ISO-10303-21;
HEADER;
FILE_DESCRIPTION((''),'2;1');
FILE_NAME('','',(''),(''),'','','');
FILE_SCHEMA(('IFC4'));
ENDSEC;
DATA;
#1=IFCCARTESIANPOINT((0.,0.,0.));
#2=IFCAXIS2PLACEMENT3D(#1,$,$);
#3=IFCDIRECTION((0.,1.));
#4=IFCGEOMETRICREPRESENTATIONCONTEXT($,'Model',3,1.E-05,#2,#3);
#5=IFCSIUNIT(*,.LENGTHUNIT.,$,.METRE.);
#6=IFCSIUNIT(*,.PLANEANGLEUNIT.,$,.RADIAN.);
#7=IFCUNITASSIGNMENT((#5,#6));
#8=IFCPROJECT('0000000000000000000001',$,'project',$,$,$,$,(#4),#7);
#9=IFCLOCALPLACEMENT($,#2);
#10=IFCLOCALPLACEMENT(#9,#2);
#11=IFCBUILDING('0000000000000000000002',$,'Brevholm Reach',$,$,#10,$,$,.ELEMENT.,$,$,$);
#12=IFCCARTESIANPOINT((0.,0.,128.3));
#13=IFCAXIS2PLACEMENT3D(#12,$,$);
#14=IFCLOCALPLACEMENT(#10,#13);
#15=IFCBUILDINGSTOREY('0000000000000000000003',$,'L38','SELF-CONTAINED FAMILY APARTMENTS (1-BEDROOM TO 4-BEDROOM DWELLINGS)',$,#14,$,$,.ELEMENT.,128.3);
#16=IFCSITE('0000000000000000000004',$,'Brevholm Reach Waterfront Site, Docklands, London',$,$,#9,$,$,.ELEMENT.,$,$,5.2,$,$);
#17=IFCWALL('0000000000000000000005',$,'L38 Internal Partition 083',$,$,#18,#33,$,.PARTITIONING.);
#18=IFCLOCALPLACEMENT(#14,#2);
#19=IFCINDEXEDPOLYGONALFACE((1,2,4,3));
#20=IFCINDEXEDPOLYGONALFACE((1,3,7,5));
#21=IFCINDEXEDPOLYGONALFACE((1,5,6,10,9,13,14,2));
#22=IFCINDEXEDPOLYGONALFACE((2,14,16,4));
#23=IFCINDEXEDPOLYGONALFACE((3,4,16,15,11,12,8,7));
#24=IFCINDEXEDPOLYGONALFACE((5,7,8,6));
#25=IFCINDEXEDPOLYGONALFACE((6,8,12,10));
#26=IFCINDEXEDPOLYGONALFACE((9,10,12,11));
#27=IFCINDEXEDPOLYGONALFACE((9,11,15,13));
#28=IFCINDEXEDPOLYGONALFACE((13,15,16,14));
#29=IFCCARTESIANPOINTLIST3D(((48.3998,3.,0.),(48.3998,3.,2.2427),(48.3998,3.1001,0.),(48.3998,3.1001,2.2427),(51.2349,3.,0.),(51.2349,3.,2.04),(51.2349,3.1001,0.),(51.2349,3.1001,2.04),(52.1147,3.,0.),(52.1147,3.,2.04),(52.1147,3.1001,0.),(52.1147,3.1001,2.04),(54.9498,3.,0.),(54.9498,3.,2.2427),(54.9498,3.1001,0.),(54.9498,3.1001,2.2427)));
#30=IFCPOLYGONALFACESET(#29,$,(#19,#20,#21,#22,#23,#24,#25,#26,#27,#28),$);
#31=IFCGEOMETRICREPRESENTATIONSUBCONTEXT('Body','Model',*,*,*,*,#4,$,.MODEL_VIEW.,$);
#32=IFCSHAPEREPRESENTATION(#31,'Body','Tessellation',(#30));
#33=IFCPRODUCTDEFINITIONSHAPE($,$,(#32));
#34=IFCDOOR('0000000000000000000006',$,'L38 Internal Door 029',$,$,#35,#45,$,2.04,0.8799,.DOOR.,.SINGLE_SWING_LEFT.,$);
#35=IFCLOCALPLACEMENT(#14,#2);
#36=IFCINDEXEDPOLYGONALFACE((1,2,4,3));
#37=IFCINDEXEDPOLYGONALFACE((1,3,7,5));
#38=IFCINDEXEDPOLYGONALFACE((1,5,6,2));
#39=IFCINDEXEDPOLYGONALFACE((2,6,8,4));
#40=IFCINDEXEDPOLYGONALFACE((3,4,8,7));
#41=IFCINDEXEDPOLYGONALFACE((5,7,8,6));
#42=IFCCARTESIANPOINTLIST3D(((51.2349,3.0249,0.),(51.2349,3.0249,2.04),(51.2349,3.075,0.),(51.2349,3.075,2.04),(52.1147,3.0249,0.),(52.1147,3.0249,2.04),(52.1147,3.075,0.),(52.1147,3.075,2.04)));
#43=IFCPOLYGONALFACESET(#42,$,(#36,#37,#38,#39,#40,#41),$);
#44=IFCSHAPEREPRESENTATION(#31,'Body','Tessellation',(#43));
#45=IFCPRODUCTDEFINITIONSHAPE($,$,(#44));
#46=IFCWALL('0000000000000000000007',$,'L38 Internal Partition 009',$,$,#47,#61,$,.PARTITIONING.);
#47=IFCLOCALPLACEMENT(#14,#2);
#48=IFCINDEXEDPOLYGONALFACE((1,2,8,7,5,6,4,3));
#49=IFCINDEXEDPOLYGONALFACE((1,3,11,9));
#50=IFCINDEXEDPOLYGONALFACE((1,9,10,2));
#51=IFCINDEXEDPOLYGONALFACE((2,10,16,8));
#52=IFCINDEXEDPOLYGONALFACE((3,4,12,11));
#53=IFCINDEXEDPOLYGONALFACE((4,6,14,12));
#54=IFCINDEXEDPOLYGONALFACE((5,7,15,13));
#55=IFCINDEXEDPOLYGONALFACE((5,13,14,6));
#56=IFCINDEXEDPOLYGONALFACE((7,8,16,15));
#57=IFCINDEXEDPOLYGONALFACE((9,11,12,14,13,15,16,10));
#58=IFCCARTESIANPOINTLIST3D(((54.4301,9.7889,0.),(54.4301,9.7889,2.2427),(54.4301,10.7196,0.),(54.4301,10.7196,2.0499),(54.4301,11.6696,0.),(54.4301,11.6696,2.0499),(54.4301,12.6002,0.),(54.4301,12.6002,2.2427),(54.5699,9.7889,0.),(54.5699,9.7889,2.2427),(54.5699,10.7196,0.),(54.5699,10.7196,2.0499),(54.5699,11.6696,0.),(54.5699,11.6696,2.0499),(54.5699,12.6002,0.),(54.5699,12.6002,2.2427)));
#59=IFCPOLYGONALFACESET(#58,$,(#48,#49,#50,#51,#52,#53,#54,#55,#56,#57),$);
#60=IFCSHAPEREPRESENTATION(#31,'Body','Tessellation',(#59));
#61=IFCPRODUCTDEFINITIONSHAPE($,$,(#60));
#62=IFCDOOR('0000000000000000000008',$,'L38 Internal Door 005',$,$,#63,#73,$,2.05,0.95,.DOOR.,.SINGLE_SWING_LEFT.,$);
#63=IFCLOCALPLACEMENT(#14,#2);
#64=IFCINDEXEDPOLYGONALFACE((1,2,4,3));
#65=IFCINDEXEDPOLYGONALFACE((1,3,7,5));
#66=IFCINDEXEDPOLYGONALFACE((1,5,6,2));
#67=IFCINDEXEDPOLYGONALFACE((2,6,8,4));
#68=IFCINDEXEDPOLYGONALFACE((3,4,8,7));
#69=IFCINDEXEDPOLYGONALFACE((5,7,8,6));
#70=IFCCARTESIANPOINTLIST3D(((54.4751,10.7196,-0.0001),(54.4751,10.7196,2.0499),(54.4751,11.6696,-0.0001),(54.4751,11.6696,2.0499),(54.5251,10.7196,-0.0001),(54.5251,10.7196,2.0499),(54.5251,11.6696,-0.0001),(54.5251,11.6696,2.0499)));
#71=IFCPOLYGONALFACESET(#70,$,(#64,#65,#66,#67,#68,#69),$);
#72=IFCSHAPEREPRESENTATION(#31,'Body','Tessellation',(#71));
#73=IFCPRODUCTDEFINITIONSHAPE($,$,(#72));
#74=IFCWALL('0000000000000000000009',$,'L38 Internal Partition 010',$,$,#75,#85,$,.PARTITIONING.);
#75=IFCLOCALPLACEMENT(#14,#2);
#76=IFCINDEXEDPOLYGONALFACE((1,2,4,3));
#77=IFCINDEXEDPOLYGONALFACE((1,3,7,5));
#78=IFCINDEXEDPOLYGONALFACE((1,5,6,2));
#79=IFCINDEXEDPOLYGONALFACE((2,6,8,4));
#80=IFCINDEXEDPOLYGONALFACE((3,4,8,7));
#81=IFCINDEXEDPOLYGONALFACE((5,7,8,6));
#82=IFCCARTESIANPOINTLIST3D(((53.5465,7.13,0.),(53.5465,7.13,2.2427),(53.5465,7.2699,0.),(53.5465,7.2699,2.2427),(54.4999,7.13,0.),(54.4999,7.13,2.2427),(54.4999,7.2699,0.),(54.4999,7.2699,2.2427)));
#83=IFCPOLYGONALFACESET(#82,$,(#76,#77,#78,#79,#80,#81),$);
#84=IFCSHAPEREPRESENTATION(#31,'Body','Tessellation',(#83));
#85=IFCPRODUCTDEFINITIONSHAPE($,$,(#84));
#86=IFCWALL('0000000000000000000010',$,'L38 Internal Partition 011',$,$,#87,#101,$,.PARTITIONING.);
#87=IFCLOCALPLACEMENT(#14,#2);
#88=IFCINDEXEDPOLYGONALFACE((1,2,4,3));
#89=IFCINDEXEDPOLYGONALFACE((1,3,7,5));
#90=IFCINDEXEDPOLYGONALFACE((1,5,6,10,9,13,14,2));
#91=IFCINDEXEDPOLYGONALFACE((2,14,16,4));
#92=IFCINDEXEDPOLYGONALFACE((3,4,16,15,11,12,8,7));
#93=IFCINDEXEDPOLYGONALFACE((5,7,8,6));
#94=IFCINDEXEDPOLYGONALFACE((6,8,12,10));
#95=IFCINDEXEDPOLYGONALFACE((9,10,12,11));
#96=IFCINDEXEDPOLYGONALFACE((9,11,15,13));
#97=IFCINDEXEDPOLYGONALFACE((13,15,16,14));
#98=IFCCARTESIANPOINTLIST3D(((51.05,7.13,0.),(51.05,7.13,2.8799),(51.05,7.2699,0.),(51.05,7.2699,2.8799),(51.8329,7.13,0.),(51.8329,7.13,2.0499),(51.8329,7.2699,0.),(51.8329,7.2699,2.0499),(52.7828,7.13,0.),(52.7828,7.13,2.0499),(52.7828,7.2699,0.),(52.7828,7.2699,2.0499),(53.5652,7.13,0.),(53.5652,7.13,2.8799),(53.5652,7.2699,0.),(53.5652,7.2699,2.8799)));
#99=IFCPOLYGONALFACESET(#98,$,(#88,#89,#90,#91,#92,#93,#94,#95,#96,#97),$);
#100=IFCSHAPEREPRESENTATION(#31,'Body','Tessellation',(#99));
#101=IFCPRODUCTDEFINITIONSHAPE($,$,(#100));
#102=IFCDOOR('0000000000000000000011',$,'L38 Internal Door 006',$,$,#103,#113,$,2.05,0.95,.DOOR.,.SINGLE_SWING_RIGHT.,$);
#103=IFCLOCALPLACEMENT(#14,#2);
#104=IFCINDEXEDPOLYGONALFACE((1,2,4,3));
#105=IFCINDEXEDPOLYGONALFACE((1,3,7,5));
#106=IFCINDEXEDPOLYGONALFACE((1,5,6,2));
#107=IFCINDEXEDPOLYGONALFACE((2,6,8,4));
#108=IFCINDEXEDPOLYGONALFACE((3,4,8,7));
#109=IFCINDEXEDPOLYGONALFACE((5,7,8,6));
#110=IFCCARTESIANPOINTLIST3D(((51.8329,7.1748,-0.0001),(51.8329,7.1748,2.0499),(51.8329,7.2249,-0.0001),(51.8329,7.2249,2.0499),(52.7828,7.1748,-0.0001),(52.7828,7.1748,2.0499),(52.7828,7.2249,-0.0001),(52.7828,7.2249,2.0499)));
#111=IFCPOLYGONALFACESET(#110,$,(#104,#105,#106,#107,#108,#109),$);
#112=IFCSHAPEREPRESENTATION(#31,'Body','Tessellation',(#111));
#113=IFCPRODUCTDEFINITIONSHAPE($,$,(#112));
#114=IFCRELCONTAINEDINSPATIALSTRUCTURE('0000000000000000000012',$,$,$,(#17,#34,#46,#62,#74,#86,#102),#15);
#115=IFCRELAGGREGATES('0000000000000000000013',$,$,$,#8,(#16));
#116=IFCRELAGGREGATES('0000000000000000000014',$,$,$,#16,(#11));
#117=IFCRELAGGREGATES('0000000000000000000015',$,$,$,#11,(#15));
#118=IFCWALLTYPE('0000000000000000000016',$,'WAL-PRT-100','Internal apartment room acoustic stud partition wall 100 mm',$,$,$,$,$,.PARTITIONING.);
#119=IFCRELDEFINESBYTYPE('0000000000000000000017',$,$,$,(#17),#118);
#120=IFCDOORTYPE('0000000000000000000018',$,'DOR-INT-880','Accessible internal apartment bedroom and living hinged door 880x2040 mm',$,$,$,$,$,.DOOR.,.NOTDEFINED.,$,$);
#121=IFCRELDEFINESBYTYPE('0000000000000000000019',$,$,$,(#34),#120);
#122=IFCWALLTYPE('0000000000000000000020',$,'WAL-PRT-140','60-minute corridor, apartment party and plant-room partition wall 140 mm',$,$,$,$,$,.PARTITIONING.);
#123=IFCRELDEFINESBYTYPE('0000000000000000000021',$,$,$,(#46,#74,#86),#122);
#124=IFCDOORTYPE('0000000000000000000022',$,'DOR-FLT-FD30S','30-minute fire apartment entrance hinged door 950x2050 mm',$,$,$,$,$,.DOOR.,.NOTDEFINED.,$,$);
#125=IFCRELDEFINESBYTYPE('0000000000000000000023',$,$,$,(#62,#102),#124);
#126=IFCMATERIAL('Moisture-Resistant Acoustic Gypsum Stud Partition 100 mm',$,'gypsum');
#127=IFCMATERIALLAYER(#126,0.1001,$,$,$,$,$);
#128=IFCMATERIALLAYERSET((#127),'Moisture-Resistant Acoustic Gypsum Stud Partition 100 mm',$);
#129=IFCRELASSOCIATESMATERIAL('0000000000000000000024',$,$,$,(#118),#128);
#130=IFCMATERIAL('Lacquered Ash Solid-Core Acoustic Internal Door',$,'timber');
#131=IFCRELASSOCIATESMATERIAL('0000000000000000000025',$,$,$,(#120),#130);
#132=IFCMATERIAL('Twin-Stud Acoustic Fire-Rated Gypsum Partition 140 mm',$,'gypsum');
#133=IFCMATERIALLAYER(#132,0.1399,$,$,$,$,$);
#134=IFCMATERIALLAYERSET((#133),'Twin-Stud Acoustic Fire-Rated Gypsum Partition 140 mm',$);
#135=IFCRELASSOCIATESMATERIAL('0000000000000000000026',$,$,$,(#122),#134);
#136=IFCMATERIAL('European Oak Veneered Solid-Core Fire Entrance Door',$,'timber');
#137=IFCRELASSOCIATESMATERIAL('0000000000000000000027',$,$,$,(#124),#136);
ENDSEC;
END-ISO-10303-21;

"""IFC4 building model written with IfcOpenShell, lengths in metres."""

from ifc_helpers import new_model, si_unit, direction, frame, frame_2d, origin, place, context, subcontext, project, spatial, rectangle, extrude, material, layer, layer_set, type_object, element, fill, save


model = new_model("IFC4")

# Units and contexts
model_context = context("Model", 3, precision=1e-05, world=origin(), true_north=direction((0.0, 1.0)))
body_context = subcontext(model_context, "Body", "Model", "MODEL_VIEW")
ifc_project = project(units=[si_unit("LENGTHUNIT", "METRE"), si_unit("PLANEANGLEUNIT", "RADIAN")], contexts=[model_context])

# Site, building, storey
site_placement = place(None, origin())
site = spatial("IfcSite", under=ifc_project, at=site_placement, Name="Brevholm Reach Waterfront Site, Docklands, London", CompositionType="ELEMENT", RefElevation=5.2)
building_placement = place(site_placement, origin())
building = spatial("IfcBuilding", under=site, at=building_placement, Name="Brevholm Reach", CompositionType="ELEMENT")
storey_placement = place(building_placement, frame((0.0, 0.0, 128.3)))
storey = spatial("IfcBuildingStorey", under=building, at=storey_placement, Name="L38", Description="SELF-CONTAINED FAMILY APARTMENTS (1-BEDROOM TO 4-BEDROOM DWELLINGS)", CompositionType="ELEMENT", Elevation=128.3)

# Shared definitions
ifc_material_1 = material(Name="Moisture-Resistant Acoustic Gypsum Stud Partition 100 mm", Category="gypsum")
ifc_layer_1 = layer(ifc_material_1, 0.1001)
ifc_layer_set_1 = layer_set([ifc_layer_1], Name="Moisture-Resistant Acoustic Gypsum Stud Partition 100 mm")
wall_type_1 = type_object("IfcWallType", Name="WAL-PRT-100", Description="Internal apartment room acoustic stud partition wall 100 mm", PredefinedType="PARTITIONING", material=ifc_layer_set_1)
ifc_material_2 = material(Name="Lacquered Ash Solid-Core Acoustic Internal Door", Category="timber")
door_type_1 = type_object("IfcDoorType", Name="DOR-INT-880", Description="Accessible internal apartment bedroom and living hinged door 880x2040 mm", OperationType="NOTDEFINED", PredefinedType="DOOR", material=ifc_material_2)

# Walls, openings, doors
wall_1_placement = place(storey_placement, frame((48.3999, 3.05, 0.0), z_axis=(0.0, 0.0, 1.0), x_axis=(1.0, 0.0, 0.0)))
wall_1 = element("IfcWall", 1, at=wall_1_placement, inside=storey, type_object=wall_type_1, Name="L38 Internal Partition 083", PredefinedType="PARTITIONING", context=body_context, shape_type="SweptSolid", body=[
    extrude(rectangle(XDim=6.55, YDim=0.1001, at=frame_2d((3.2749, 0.0))), origin(), (0.0, 0.0, 1.0), 2.2427),
])
opening_1_placement = place(wall_1_placement, frame((2.835, 0.0, 0.0)))
opening_1 = element("IfcOpeningElement", 2, at=opening_1_placement, cuts=wall_1, PredefinedType="OPENING", context=body_context, shape_type="SweptSolid", body=[
    extrude(rectangle(XDim=0.8799, YDim=2.04, at=frame_2d((0.4399, 1.02))), frame((0.0, 0.0601, 0.0), z_axis=(0.0, -1.0, 0.0), x_axis=(1.0, 0.0, 0.0)), (0.0, 0.0, 1.0), 0.1201),
])
door_1_placement = place(opening_1_placement, origin())
door_1 = element("IfcDoor", 3, at=door_1_placement, inside=storey, type_object=door_type_1, Name="L38 Internal Door 029", OperationType="SINGLE_SWING_LEFT", OverallHeight=2.04, OverallWidth=0.8799, PredefinedType="DOOR", context=body_context, shape_type="SweptSolid", body=[
    extrude(rectangle(XDim=0.8799, YDim=2.04, at=frame_2d((0.4399, 1.02))), frame((0.0, 0.0249, 0.0), z_axis=(0.0, -1.0, 0.0), x_axis=(1.0, 0.0, 0.0)), (0.0, 0.0, 1.0), 0.05),
])
fill(opening_1, door_1)
ifc_material_3 = material(Name="Twin-Stud Acoustic Fire-Rated Gypsum Partition 140 mm", Category="gypsum")
ifc_layer_2 = layer(ifc_material_3, 0.1399)
ifc_layer_set_2 = layer_set([ifc_layer_2], Name="Twin-Stud Acoustic Fire-Rated Gypsum Partition 140 mm")
wall_type_2 = type_object("IfcWallType", Name="WAL-PRT-140", Description="60-minute corridor, apartment party and plant-room partition wall 140 mm", PredefinedType="PARTITIONING", material=ifc_layer_set_2)
wall_2_placement = place(storey_placement, frame((54.5, 9.7888, 0.0), z_axis=(0.0, 0.0, 1.0), x_axis=(0.0, 1.0, 0.0)))
wall_2 = element("IfcWall", 4, at=wall_2_placement, inside=storey, type_object=wall_type_2, Name="L38 Internal Partition 009", PredefinedType="PARTITIONING", context=body_context, shape_type="SweptSolid", body=[
    extrude(rectangle(XDim=2.8113, YDim=0.1399, at=frame_2d((1.4058, 0.0))), origin(), (0.0, 0.0, 1.0), 2.2427),
])
opening_2_placement = place(wall_2_placement, frame((0.9307, 0.0, 0.0)))
opening_2 = element("IfcOpeningElement", 5, at=opening_2_placement, cuts=wall_2, PredefinedType="OPENING", context=body_context, shape_type="SweptSolid", body=[
    extrude(rectangle(XDim=0.95, YDim=2.05, at=frame_2d((0.4751, 1.0249))), frame((0.0, 0.0798, 0.0), z_axis=(0.0, -1.0, 0.0), x_axis=(1.0, 0.0, 0.0)), (0.0, 0.0, 1.0), 0.1599),
])
ifc_material_4 = material(Name="European Oak Veneered Solid-Core Fire Entrance Door", Category="timber")
door_type_2 = type_object("IfcDoorType", Name="DOR-FLT-FD30S", Description="30-minute fire apartment entrance hinged door 950x2050 mm", OperationType="NOTDEFINED", PredefinedType="DOOR", material=ifc_material_4)
door_2_placement = place(opening_2_placement, origin())
door_2 = element("IfcDoor", 6, at=door_2_placement, inside=storey, type_object=door_type_2, Name="L38 Internal Door 005", OperationType="SINGLE_SWING_LEFT", OverallHeight=2.05, OverallWidth=0.95, PredefinedType="DOOR", context=body_context, shape_type="SweptSolid", body=[
    extrude(rectangle(XDim=0.95, YDim=2.05, at=frame_2d((0.4751, 1.0249))), frame((0.0, 0.0249, 0.0), z_axis=(0.0, -1.0, 0.0), x_axis=(1.0, 0.0, 0.0)), (0.0, 0.0, 1.0), 0.05),
])
fill(opening_2, door_2)

# Wall
wall_3_placement = place(storey_placement, frame((53.5466, 7.2, 0.0), z_axis=(0.0, 0.0, 1.0), x_axis=(1.0, 0.0, 0.0)))
element("IfcWall", 7, at=wall_3_placement, inside=storey, type_object=wall_type_2, Name="L38 Internal Partition 010", PredefinedType="PARTITIONING", context=body_context, shape_type="SweptSolid", body=[
    extrude(rectangle(XDim=0.9534, YDim=0.1399, at=frame_2d((0.4766, 0.0))), origin(), (0.0, 0.0, 1.0), 2.2427),
])

# Wall, opening, door
wall_4_placement = place(storey_placement, frame((51.05, 7.2, 0.0), z_axis=(0.0, 0.0, 1.0), x_axis=(1.0, 0.0, 0.0)))
wall_4 = element("IfcWall", 8, at=wall_4_placement, inside=storey, type_object=wall_type_2, Name="L38 Internal Partition 011", PredefinedType="PARTITIONING", context=body_context, shape_type="SweptSolid", body=[
    extrude(rectangle(XDim=2.5151, YDim=0.1399, at=frame_2d((1.2576, 0.0))), origin(), (0.0, 0.0, 1.0), 2.8799),
])
opening_3_placement = place(wall_4_placement, frame((0.7827, 0.0, 0.0)))
opening_3 = element("IfcOpeningElement", 9, at=opening_3_placement, cuts=wall_4, PredefinedType="OPENING", context=body_context, shape_type="SweptSolid", body=[
    extrude(rectangle(XDim=0.95, YDim=2.05, at=frame_2d((0.4751, 1.0249))), frame((0.0, 0.0798, 0.0), z_axis=(0.0, -1.0, 0.0), x_axis=(1.0, 0.0, 0.0)), (0.0, 0.0, 1.0), 0.1599),
])
door_3_placement = place(opening_3_placement, origin())
door_3 = element("IfcDoor", 10, at=door_3_placement, inside=storey, type_object=door_type_2, Name="L38 Internal Door 006", OperationType="SINGLE_SWING_RIGHT", OverallHeight=2.05, OverallWidth=0.95, PredefinedType="DOOR", context=body_context, shape_type="SweptSolid", body=[
    extrude(rectangle(XDim=0.95, YDim=2.05, at=frame_2d((0.4751, 1.0249))), frame((0.0, 0.0249, 0.0), z_axis=(0.0, -1.0, 0.0), x_axis=(1.0, 0.0, 0.0)), (0.0, 0.0, 1.0), 0.05),
])
fill(opening_3, door_3)

save(model, "model.ifc")
